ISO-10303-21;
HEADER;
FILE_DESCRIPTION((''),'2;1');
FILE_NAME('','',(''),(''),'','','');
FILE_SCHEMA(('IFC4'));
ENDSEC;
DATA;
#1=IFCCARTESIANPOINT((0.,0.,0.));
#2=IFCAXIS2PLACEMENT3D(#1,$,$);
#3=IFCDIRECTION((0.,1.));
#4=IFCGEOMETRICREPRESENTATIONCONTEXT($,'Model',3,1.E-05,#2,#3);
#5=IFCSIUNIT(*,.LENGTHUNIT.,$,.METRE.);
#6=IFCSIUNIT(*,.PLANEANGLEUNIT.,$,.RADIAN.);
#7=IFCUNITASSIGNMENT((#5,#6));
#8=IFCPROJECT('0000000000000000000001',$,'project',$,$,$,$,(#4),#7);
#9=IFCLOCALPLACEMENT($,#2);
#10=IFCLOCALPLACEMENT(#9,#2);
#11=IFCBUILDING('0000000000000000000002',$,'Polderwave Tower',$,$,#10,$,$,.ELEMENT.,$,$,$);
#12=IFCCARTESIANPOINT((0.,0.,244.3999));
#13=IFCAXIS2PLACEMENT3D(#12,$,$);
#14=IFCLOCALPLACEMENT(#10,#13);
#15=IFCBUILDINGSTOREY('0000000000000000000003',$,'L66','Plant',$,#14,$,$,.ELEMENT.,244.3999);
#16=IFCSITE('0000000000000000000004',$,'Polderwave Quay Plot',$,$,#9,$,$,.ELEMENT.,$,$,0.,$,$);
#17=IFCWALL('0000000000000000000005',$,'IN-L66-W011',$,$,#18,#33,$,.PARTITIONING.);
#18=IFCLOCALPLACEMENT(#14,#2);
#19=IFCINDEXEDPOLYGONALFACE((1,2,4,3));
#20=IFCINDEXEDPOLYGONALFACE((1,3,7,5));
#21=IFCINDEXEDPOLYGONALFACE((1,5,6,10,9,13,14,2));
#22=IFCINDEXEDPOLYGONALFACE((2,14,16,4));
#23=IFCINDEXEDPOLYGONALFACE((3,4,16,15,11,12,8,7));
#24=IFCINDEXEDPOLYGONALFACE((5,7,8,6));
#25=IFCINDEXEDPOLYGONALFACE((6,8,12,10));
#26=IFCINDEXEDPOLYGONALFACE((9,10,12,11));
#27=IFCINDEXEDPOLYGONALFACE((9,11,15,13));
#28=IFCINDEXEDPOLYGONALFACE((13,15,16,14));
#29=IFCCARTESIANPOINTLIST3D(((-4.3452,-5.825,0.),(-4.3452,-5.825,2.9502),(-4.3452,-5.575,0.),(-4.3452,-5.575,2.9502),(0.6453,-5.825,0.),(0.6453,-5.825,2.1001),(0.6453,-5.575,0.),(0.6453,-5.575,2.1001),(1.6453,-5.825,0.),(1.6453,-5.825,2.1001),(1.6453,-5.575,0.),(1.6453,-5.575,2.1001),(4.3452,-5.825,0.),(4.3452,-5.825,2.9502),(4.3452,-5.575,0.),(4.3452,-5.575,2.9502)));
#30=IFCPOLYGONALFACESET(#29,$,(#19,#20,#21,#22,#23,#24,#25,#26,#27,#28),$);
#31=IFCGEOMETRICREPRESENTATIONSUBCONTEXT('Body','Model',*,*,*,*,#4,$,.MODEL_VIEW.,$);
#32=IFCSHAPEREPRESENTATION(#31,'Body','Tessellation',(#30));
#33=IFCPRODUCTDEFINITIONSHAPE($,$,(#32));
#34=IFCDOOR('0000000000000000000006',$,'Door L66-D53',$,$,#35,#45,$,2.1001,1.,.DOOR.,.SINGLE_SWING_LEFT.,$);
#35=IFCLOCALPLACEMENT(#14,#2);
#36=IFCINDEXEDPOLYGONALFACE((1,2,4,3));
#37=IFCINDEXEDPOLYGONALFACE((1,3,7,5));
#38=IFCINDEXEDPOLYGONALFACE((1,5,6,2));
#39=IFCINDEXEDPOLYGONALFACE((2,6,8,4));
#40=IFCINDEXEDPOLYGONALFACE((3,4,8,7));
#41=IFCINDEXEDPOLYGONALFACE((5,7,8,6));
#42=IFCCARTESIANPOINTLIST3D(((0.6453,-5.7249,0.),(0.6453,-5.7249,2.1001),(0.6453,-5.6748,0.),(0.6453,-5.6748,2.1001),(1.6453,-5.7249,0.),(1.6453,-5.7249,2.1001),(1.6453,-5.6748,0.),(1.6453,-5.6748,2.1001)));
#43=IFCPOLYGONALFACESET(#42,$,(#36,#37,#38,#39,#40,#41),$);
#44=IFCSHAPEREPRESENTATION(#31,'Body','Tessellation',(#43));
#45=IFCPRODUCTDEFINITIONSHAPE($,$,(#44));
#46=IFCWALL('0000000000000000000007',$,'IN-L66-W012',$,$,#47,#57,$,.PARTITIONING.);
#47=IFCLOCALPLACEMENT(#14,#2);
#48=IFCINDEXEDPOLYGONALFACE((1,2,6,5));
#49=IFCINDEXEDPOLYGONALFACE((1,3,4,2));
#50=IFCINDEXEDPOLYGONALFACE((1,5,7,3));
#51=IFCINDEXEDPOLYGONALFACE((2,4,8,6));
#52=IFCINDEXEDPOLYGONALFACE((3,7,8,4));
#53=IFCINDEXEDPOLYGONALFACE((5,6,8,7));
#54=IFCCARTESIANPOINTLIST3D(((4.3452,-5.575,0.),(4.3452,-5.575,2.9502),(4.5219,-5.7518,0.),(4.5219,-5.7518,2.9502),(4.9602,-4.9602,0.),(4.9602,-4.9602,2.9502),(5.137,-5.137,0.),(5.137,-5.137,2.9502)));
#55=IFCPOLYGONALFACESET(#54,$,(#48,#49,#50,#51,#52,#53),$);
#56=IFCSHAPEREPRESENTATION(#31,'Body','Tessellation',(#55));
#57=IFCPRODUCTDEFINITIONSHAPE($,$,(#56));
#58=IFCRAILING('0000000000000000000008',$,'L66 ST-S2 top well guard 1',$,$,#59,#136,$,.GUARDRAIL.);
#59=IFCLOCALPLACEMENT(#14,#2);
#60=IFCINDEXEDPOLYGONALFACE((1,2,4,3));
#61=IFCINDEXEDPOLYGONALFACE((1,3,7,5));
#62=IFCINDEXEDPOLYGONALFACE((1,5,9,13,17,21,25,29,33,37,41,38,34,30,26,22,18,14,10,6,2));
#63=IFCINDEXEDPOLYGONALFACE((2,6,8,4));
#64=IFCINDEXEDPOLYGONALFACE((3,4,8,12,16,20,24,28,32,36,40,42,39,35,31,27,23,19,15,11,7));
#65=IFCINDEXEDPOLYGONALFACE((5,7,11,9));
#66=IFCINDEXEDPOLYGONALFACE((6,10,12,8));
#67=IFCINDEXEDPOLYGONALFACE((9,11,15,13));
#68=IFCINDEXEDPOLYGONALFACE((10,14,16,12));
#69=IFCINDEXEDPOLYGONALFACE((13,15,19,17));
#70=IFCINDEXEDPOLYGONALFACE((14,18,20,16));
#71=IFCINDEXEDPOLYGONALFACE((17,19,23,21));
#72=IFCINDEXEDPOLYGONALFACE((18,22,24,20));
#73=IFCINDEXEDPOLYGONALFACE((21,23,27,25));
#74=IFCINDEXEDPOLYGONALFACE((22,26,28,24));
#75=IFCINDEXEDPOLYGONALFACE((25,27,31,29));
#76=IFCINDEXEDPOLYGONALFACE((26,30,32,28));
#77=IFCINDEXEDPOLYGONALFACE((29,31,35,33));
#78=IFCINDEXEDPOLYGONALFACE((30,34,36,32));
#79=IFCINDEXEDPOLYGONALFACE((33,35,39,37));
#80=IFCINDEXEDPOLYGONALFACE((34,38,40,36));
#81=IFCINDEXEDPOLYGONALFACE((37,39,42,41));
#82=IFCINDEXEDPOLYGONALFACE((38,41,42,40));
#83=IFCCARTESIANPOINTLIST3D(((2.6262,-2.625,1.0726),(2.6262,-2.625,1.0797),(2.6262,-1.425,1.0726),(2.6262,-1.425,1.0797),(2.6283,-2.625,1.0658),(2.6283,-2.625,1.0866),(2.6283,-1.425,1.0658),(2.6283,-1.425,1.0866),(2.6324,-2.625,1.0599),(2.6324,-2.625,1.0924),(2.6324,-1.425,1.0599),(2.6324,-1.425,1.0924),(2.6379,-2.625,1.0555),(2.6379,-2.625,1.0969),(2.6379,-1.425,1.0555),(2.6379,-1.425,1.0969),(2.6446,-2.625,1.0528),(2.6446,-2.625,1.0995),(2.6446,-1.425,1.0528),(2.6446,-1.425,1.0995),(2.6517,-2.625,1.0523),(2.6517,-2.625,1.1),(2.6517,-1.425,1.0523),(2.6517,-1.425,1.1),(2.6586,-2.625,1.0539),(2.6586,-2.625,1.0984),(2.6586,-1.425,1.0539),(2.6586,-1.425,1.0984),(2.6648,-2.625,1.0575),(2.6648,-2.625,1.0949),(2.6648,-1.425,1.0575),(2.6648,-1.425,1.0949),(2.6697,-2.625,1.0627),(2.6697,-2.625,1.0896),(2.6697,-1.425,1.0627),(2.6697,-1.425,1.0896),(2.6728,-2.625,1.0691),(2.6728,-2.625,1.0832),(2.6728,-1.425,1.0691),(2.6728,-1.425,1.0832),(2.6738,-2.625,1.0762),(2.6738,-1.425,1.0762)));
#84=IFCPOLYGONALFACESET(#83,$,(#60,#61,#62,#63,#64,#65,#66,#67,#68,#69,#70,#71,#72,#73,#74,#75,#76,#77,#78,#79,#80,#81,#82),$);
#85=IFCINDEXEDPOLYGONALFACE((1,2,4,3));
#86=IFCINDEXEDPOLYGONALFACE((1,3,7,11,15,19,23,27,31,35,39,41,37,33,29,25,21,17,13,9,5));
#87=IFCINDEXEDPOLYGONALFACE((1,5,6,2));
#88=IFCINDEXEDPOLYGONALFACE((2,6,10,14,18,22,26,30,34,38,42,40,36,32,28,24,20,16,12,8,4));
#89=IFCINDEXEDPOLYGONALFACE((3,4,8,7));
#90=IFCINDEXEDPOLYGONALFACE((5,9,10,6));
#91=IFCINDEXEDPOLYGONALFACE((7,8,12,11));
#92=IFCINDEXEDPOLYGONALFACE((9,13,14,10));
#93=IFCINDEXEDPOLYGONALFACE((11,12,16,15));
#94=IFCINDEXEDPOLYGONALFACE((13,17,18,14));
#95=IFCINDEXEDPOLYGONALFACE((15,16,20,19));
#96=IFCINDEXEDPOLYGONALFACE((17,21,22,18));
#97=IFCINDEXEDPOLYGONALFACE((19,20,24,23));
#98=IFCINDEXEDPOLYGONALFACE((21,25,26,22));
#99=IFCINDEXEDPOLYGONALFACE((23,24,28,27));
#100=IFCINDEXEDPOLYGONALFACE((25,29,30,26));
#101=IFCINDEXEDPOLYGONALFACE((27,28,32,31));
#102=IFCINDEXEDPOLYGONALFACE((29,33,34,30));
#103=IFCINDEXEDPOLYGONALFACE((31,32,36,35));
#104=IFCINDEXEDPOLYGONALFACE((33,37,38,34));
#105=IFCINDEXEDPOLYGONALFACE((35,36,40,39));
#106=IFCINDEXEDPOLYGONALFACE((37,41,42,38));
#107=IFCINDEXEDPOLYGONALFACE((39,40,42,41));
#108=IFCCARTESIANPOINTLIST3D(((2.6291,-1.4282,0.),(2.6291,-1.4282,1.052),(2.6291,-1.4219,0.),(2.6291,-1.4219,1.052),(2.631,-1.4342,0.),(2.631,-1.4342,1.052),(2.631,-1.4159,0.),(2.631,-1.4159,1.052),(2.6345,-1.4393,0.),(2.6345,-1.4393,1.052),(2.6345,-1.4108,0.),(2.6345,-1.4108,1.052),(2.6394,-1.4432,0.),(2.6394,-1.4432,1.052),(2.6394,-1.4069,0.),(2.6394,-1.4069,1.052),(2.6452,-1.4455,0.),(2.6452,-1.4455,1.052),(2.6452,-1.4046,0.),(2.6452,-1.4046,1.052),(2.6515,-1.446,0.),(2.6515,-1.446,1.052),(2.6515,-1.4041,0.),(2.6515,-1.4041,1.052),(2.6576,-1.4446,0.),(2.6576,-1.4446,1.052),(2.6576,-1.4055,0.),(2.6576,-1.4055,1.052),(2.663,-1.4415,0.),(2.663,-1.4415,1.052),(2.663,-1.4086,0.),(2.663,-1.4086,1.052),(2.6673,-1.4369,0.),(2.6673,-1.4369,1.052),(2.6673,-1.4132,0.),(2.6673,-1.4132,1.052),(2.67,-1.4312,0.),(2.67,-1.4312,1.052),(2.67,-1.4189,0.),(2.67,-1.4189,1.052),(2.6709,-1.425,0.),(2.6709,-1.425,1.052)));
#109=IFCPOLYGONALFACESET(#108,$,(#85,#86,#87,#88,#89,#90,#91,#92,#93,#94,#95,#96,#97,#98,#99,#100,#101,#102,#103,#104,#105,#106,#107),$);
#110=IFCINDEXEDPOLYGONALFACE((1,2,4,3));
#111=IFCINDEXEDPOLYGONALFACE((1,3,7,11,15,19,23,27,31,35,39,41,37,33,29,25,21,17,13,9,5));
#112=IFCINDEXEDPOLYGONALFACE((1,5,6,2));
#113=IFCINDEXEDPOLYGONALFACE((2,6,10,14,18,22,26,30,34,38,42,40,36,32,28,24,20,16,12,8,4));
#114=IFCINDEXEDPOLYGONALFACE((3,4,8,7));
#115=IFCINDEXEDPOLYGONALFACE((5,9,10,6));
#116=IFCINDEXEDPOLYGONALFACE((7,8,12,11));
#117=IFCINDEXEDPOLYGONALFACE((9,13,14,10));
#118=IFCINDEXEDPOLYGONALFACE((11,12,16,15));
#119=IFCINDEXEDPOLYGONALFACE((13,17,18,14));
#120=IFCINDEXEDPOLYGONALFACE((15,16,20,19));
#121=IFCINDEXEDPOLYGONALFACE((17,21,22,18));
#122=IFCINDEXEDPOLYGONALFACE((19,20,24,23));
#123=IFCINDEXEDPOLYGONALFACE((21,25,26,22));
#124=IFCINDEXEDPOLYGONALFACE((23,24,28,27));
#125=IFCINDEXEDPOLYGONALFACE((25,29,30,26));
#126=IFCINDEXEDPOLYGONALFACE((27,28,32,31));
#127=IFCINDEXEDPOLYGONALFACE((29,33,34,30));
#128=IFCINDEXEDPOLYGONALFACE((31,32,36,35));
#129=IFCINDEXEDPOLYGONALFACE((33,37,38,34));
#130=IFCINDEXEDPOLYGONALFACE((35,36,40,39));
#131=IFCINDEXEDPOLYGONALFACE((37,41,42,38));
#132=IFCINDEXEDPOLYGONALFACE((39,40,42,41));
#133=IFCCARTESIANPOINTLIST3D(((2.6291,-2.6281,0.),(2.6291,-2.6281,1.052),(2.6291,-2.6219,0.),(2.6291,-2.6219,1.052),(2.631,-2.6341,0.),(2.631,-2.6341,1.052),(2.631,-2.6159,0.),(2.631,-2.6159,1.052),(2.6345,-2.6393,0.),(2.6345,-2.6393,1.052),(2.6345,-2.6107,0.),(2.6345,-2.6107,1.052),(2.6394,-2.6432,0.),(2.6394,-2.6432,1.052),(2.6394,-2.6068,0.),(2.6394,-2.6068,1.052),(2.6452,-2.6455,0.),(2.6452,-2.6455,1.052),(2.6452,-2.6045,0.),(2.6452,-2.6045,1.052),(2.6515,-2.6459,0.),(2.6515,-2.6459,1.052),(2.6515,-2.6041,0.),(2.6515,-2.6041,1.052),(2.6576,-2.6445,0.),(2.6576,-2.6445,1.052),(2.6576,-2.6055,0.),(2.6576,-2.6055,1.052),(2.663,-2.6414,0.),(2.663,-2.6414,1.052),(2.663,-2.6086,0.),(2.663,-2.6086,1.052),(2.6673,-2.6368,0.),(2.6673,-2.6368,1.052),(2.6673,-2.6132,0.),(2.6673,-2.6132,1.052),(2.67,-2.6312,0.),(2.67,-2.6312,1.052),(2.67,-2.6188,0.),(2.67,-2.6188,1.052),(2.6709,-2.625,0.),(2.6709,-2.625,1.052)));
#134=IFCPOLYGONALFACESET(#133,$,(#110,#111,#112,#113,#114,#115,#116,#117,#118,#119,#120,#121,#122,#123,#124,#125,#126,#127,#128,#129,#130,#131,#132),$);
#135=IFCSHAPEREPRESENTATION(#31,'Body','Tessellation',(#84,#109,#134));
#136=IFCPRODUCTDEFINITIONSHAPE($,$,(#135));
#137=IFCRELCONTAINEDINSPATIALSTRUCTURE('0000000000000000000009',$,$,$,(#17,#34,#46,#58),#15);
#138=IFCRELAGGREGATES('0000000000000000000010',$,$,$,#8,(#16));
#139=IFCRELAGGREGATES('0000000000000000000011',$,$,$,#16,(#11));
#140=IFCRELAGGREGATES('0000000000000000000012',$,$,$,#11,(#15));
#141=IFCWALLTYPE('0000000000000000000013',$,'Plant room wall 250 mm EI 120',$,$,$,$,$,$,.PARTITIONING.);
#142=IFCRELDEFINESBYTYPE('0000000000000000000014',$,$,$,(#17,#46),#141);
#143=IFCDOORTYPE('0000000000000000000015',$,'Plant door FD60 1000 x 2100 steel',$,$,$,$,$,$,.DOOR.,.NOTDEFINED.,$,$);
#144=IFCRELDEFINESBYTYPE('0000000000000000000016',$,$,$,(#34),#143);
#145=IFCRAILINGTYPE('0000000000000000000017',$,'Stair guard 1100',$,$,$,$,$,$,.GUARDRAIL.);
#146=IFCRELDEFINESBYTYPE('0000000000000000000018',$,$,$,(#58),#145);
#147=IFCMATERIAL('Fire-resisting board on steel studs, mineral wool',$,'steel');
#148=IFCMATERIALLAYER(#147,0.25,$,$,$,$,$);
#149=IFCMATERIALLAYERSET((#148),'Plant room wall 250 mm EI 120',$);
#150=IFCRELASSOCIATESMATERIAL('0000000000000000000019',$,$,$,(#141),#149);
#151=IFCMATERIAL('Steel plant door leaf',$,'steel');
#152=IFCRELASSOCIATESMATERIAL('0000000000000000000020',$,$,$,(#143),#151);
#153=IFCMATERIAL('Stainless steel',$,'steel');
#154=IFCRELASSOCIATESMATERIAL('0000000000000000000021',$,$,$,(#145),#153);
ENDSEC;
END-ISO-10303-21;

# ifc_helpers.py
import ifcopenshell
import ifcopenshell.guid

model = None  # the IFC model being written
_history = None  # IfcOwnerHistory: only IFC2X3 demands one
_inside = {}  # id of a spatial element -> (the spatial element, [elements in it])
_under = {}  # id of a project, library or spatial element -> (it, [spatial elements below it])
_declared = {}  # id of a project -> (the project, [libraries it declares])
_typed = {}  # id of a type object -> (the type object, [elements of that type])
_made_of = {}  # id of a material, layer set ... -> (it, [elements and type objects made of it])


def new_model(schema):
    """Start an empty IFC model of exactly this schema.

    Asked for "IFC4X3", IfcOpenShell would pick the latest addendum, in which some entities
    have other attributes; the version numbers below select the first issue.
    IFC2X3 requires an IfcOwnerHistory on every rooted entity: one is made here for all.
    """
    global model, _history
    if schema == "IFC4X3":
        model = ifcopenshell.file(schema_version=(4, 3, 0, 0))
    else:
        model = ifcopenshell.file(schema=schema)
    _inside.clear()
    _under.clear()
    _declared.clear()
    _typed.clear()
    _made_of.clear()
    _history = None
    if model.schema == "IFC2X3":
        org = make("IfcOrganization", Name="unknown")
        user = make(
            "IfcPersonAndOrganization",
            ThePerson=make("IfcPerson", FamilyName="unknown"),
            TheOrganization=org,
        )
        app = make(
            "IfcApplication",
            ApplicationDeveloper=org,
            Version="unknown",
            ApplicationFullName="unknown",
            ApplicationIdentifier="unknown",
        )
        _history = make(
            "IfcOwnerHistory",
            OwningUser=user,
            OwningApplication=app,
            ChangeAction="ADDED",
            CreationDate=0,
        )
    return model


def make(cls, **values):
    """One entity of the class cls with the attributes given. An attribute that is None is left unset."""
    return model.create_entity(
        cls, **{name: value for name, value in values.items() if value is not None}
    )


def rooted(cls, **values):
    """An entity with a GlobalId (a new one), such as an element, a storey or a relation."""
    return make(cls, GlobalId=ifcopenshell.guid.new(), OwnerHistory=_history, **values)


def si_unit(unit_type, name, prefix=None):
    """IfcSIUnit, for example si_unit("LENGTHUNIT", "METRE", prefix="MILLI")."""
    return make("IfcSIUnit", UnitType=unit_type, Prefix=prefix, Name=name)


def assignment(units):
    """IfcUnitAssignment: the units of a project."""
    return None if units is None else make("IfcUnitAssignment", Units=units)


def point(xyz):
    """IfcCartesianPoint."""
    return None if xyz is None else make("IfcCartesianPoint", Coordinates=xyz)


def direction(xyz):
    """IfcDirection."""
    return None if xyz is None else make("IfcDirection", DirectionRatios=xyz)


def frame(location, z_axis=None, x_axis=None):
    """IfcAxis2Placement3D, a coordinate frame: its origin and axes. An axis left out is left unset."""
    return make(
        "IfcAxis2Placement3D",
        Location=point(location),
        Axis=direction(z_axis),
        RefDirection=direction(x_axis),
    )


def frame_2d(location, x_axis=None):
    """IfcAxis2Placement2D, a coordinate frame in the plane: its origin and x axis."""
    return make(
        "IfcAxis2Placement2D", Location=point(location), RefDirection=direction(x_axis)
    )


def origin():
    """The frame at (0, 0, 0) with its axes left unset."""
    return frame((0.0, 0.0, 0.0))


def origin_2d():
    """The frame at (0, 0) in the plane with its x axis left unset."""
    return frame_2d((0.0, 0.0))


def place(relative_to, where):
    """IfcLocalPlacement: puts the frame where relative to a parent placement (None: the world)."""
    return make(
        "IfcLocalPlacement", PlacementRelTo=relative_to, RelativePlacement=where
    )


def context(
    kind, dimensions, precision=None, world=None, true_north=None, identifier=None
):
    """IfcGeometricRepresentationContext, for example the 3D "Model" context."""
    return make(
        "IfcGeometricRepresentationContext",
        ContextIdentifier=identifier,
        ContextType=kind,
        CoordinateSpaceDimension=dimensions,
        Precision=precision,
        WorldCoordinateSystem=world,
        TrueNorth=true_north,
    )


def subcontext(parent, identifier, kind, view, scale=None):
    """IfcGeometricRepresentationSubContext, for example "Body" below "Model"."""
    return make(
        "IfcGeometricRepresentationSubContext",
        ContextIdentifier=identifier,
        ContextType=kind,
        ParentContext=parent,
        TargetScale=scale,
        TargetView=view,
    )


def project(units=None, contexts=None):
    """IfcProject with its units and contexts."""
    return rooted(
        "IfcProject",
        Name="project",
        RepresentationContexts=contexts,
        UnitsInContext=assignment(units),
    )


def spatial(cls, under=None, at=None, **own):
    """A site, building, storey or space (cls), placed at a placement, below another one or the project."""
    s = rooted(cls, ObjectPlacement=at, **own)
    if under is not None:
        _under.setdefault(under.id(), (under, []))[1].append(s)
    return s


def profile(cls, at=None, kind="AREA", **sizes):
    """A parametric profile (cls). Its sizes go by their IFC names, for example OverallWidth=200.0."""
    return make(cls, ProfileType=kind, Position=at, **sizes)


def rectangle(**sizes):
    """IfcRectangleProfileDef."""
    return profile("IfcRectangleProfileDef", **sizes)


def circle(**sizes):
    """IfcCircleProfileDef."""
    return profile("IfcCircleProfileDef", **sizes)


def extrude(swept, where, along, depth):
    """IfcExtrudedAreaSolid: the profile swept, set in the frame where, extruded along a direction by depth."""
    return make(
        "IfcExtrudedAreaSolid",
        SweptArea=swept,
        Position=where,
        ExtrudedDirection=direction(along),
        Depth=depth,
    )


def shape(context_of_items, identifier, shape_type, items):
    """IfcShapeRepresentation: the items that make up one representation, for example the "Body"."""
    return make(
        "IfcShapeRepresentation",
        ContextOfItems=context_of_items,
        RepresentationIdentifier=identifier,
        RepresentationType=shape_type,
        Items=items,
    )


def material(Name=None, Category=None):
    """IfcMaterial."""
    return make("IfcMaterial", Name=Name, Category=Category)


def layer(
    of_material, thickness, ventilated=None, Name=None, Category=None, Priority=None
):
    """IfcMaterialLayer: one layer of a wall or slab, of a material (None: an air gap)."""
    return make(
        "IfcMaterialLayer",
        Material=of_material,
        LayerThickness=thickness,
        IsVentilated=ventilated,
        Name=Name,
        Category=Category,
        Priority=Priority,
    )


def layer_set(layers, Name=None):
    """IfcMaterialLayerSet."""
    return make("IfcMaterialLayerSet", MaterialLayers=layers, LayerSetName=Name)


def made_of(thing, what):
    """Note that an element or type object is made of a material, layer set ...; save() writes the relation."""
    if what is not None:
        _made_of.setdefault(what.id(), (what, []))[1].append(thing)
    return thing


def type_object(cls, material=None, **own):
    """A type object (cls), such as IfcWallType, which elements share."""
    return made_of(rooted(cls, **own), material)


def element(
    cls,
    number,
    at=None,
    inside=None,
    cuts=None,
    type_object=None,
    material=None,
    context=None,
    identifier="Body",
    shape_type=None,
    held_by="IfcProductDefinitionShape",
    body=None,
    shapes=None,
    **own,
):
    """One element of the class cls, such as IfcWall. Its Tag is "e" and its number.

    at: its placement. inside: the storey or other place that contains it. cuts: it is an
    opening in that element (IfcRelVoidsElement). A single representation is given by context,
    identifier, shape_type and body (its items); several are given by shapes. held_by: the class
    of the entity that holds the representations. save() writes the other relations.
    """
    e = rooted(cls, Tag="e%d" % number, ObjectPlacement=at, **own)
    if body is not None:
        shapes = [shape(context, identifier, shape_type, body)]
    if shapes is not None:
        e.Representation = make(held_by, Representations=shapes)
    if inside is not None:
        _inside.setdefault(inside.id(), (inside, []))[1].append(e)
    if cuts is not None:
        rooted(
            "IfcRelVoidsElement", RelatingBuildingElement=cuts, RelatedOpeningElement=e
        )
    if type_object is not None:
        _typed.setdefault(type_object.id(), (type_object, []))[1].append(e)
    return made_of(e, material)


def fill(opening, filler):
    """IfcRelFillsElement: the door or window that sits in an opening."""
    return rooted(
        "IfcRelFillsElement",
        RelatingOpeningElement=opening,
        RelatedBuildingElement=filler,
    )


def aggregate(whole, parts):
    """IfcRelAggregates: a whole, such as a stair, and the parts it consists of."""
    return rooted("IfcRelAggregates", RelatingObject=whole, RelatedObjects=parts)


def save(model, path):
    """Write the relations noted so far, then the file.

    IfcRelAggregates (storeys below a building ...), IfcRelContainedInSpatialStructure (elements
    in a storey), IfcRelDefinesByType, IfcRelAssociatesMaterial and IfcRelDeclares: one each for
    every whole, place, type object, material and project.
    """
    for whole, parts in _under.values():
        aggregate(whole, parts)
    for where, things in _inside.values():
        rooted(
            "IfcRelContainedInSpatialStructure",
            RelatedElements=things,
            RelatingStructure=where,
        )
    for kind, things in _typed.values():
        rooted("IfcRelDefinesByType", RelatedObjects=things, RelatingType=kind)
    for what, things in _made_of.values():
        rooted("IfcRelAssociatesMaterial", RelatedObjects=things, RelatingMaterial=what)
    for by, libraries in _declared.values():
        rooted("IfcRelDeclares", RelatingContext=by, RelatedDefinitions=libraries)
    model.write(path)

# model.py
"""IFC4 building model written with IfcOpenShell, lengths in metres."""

from ifc_helpers import new_model, si_unit, direction, frame, frame_2d, origin, origin_2d, place, context, subcontext, project, spatial, rectangle, circle, extrude, material, layer, layer_set, type_object, element, fill, save


model = new_model("IFC4")

# Units and contexts
model_context = context("Model", 3, precision=1e-05, world=origin(), true_north=direction((0.0, 1.0)))
body_context = subcontext(model_context, "Body", "Model", "MODEL_VIEW")
ifc_project = project(units=[si_unit("LENGTHUNIT", "METRE"), si_unit("PLANEANGLEUNIT", "RADIAN")], contexts=[model_context])

# Site, building, storey
site_placement = place(None, origin())
site = spatial("IfcSite", under=ifc_project, at=site_placement, Name="Polderwave Quay Plot", CompositionType="ELEMENT", RefElevation=0.0)
building_placement = place(site_placement, origin())
building = spatial("IfcBuilding", under=site, at=building_placement, Name="Polderwave Tower", CompositionType="ELEMENT")
storey_placement = place(building_placement, frame((0.0, 0.0, 244.3999)))
storey = spatial("IfcBuildingStorey", under=building, at=storey_placement, Name="L66", Description="Plant", CompositionType="ELEMENT", Elevation=244.3999)

# Wall, opening, door
ifc_material_1 = material(Name="Fire-resisting board on steel studs, mineral wool", Category="steel")
ifc_layer_1 = layer(ifc_material_1, 0.25)
ifc_layer_set_1 = layer_set([ifc_layer_1], Name="Plant room wall 250 mm EI 120")
wall_type_1 = type_object("IfcWallType", Name="Plant room wall 250 mm EI 120", PredefinedType="PARTITIONING", material=ifc_layer_set_1)
wall_1_placement = place(storey_placement, frame((4.3452, -5.7, 0.0), z_axis=(0.0, 0.0, 1.0), x_axis=(-1.0, 0.0, 0.0)))
wall_1 = element("IfcWall", 1, at=wall_1_placement, inside=storey, type_object=wall_type_1, Name="IN-L66-W011", PredefinedType="PARTITIONING", context=body_context, shape_type="SweptSolid", body=[
    extrude(rectangle(XDim=8.6904, YDim=0.25, at=frame_2d((4.3452, 0.0))), origin(), (0.0, 0.0, 1.0), 2.9502),
])
opening_1_placement = place(wall_1_placement, frame((2.7, 0.0, 0.0)))
opening_1 = element("IfcOpeningElement", 2, at=opening_1_placement, cuts=wall_1, PredefinedType="OPENING", context=body_context, shape_type="SweptSolid", body=[
    extrude(rectangle(XDim=1.0, YDim=2.1001, at=frame_2d((0.5, 1.05))), frame((0.0, 0.135, 0.0), z_axis=(0.0, -1.0, 0.0), x_axis=(1.0, 0.0, 0.0)), (0.0, 0.0, 1.0), 0.27),
])
ifc_material_2 = material(Name="Steel plant door leaf", Category="steel")
door_type_1 = type_object("IfcDoorType", Name="Plant door FD60 1000 x 2100 steel", OperationType="NOTDEFINED", PredefinedType="DOOR", material=ifc_material_2)
door_1_placement = place(opening_1_placement, origin())
door_1 = element("IfcDoor", 3, at=door_1_placement, inside=storey, type_object=door_type_1, Name="Door L66-D53", OperationType="SINGLE_SWING_LEFT", OverallHeight=2.1001, OverallWidth=1.0, PredefinedType="DOOR", context=body_context, shape_type="SweptSolid", body=[
    extrude(rectangle(XDim=1.0, YDim=2.1001, at=frame_2d((0.5, 1.05))), frame((0.0, 0.0249, 0.0), z_axis=(0.0, -1.0, 0.0), x_axis=(1.0, 0.0, 0.0)), (0.0, 0.0, 1.0), 0.05),
])
fill(opening_1, door_1)

# Wall
wall_2_placement = place(storey_placement, frame((5.0486, -5.0486, 0.0), z_axis=(0.0, 0.0, 1.0), x_axis=(-0.707247, -0.706966, 0.0)))
element("IfcWall", 4, at=wall_2_placement, inside=storey, type_object=wall_type_1, Name="IN-L66-W012", PredefinedType="PARTITIONING", context=body_context, shape_type="SweptSolid", body=[
    extrude(rectangle(XDim=0.8696, YDim=0.25, at=frame_2d((0.4348, 0.0))), origin(), (0.0, 0.0, 1.0), 2.9502),
])

# Railing
ifc_material_3 = material(Name="Stainless steel", Category="steel")
railing_type = type_object("IfcRailingType", Name="Stair guard 1100", PredefinedType="GUARDRAIL", material=ifc_material_3)
railing_1_placement = place(storey_placement, frame((2.6499, -1.425, 0.0)))
element("IfcRailing", 5, at=railing_1_placement, inside=storey, type_object=railing_type, Name="L66 ST-S2 top well guard 1", PredefinedType="GUARDRAIL", context=body_context, shape_type="SweptSolid", body=[
    extrude(circle(Radius=0.0239, at=origin_2d()), frame((0.0, 0.0, 1.0762), z_axis=(0.0, -1.0, 0.0), x_axis=(1.0, 0.0, 0.0)), (0.0, 0.0, 1.0), 1.2),
    extrude(circle(Radius=0.021, at=origin_2d()), origin(), (0.0, 0.0, 1.0), 1.052),
    extrude(circle(Radius=0.021, at=origin_2d()), frame((0.0, -1.2, 0.0)), (0.0, 0.0, 1.0), 1.052),
])

save(model, "model.ifc")
